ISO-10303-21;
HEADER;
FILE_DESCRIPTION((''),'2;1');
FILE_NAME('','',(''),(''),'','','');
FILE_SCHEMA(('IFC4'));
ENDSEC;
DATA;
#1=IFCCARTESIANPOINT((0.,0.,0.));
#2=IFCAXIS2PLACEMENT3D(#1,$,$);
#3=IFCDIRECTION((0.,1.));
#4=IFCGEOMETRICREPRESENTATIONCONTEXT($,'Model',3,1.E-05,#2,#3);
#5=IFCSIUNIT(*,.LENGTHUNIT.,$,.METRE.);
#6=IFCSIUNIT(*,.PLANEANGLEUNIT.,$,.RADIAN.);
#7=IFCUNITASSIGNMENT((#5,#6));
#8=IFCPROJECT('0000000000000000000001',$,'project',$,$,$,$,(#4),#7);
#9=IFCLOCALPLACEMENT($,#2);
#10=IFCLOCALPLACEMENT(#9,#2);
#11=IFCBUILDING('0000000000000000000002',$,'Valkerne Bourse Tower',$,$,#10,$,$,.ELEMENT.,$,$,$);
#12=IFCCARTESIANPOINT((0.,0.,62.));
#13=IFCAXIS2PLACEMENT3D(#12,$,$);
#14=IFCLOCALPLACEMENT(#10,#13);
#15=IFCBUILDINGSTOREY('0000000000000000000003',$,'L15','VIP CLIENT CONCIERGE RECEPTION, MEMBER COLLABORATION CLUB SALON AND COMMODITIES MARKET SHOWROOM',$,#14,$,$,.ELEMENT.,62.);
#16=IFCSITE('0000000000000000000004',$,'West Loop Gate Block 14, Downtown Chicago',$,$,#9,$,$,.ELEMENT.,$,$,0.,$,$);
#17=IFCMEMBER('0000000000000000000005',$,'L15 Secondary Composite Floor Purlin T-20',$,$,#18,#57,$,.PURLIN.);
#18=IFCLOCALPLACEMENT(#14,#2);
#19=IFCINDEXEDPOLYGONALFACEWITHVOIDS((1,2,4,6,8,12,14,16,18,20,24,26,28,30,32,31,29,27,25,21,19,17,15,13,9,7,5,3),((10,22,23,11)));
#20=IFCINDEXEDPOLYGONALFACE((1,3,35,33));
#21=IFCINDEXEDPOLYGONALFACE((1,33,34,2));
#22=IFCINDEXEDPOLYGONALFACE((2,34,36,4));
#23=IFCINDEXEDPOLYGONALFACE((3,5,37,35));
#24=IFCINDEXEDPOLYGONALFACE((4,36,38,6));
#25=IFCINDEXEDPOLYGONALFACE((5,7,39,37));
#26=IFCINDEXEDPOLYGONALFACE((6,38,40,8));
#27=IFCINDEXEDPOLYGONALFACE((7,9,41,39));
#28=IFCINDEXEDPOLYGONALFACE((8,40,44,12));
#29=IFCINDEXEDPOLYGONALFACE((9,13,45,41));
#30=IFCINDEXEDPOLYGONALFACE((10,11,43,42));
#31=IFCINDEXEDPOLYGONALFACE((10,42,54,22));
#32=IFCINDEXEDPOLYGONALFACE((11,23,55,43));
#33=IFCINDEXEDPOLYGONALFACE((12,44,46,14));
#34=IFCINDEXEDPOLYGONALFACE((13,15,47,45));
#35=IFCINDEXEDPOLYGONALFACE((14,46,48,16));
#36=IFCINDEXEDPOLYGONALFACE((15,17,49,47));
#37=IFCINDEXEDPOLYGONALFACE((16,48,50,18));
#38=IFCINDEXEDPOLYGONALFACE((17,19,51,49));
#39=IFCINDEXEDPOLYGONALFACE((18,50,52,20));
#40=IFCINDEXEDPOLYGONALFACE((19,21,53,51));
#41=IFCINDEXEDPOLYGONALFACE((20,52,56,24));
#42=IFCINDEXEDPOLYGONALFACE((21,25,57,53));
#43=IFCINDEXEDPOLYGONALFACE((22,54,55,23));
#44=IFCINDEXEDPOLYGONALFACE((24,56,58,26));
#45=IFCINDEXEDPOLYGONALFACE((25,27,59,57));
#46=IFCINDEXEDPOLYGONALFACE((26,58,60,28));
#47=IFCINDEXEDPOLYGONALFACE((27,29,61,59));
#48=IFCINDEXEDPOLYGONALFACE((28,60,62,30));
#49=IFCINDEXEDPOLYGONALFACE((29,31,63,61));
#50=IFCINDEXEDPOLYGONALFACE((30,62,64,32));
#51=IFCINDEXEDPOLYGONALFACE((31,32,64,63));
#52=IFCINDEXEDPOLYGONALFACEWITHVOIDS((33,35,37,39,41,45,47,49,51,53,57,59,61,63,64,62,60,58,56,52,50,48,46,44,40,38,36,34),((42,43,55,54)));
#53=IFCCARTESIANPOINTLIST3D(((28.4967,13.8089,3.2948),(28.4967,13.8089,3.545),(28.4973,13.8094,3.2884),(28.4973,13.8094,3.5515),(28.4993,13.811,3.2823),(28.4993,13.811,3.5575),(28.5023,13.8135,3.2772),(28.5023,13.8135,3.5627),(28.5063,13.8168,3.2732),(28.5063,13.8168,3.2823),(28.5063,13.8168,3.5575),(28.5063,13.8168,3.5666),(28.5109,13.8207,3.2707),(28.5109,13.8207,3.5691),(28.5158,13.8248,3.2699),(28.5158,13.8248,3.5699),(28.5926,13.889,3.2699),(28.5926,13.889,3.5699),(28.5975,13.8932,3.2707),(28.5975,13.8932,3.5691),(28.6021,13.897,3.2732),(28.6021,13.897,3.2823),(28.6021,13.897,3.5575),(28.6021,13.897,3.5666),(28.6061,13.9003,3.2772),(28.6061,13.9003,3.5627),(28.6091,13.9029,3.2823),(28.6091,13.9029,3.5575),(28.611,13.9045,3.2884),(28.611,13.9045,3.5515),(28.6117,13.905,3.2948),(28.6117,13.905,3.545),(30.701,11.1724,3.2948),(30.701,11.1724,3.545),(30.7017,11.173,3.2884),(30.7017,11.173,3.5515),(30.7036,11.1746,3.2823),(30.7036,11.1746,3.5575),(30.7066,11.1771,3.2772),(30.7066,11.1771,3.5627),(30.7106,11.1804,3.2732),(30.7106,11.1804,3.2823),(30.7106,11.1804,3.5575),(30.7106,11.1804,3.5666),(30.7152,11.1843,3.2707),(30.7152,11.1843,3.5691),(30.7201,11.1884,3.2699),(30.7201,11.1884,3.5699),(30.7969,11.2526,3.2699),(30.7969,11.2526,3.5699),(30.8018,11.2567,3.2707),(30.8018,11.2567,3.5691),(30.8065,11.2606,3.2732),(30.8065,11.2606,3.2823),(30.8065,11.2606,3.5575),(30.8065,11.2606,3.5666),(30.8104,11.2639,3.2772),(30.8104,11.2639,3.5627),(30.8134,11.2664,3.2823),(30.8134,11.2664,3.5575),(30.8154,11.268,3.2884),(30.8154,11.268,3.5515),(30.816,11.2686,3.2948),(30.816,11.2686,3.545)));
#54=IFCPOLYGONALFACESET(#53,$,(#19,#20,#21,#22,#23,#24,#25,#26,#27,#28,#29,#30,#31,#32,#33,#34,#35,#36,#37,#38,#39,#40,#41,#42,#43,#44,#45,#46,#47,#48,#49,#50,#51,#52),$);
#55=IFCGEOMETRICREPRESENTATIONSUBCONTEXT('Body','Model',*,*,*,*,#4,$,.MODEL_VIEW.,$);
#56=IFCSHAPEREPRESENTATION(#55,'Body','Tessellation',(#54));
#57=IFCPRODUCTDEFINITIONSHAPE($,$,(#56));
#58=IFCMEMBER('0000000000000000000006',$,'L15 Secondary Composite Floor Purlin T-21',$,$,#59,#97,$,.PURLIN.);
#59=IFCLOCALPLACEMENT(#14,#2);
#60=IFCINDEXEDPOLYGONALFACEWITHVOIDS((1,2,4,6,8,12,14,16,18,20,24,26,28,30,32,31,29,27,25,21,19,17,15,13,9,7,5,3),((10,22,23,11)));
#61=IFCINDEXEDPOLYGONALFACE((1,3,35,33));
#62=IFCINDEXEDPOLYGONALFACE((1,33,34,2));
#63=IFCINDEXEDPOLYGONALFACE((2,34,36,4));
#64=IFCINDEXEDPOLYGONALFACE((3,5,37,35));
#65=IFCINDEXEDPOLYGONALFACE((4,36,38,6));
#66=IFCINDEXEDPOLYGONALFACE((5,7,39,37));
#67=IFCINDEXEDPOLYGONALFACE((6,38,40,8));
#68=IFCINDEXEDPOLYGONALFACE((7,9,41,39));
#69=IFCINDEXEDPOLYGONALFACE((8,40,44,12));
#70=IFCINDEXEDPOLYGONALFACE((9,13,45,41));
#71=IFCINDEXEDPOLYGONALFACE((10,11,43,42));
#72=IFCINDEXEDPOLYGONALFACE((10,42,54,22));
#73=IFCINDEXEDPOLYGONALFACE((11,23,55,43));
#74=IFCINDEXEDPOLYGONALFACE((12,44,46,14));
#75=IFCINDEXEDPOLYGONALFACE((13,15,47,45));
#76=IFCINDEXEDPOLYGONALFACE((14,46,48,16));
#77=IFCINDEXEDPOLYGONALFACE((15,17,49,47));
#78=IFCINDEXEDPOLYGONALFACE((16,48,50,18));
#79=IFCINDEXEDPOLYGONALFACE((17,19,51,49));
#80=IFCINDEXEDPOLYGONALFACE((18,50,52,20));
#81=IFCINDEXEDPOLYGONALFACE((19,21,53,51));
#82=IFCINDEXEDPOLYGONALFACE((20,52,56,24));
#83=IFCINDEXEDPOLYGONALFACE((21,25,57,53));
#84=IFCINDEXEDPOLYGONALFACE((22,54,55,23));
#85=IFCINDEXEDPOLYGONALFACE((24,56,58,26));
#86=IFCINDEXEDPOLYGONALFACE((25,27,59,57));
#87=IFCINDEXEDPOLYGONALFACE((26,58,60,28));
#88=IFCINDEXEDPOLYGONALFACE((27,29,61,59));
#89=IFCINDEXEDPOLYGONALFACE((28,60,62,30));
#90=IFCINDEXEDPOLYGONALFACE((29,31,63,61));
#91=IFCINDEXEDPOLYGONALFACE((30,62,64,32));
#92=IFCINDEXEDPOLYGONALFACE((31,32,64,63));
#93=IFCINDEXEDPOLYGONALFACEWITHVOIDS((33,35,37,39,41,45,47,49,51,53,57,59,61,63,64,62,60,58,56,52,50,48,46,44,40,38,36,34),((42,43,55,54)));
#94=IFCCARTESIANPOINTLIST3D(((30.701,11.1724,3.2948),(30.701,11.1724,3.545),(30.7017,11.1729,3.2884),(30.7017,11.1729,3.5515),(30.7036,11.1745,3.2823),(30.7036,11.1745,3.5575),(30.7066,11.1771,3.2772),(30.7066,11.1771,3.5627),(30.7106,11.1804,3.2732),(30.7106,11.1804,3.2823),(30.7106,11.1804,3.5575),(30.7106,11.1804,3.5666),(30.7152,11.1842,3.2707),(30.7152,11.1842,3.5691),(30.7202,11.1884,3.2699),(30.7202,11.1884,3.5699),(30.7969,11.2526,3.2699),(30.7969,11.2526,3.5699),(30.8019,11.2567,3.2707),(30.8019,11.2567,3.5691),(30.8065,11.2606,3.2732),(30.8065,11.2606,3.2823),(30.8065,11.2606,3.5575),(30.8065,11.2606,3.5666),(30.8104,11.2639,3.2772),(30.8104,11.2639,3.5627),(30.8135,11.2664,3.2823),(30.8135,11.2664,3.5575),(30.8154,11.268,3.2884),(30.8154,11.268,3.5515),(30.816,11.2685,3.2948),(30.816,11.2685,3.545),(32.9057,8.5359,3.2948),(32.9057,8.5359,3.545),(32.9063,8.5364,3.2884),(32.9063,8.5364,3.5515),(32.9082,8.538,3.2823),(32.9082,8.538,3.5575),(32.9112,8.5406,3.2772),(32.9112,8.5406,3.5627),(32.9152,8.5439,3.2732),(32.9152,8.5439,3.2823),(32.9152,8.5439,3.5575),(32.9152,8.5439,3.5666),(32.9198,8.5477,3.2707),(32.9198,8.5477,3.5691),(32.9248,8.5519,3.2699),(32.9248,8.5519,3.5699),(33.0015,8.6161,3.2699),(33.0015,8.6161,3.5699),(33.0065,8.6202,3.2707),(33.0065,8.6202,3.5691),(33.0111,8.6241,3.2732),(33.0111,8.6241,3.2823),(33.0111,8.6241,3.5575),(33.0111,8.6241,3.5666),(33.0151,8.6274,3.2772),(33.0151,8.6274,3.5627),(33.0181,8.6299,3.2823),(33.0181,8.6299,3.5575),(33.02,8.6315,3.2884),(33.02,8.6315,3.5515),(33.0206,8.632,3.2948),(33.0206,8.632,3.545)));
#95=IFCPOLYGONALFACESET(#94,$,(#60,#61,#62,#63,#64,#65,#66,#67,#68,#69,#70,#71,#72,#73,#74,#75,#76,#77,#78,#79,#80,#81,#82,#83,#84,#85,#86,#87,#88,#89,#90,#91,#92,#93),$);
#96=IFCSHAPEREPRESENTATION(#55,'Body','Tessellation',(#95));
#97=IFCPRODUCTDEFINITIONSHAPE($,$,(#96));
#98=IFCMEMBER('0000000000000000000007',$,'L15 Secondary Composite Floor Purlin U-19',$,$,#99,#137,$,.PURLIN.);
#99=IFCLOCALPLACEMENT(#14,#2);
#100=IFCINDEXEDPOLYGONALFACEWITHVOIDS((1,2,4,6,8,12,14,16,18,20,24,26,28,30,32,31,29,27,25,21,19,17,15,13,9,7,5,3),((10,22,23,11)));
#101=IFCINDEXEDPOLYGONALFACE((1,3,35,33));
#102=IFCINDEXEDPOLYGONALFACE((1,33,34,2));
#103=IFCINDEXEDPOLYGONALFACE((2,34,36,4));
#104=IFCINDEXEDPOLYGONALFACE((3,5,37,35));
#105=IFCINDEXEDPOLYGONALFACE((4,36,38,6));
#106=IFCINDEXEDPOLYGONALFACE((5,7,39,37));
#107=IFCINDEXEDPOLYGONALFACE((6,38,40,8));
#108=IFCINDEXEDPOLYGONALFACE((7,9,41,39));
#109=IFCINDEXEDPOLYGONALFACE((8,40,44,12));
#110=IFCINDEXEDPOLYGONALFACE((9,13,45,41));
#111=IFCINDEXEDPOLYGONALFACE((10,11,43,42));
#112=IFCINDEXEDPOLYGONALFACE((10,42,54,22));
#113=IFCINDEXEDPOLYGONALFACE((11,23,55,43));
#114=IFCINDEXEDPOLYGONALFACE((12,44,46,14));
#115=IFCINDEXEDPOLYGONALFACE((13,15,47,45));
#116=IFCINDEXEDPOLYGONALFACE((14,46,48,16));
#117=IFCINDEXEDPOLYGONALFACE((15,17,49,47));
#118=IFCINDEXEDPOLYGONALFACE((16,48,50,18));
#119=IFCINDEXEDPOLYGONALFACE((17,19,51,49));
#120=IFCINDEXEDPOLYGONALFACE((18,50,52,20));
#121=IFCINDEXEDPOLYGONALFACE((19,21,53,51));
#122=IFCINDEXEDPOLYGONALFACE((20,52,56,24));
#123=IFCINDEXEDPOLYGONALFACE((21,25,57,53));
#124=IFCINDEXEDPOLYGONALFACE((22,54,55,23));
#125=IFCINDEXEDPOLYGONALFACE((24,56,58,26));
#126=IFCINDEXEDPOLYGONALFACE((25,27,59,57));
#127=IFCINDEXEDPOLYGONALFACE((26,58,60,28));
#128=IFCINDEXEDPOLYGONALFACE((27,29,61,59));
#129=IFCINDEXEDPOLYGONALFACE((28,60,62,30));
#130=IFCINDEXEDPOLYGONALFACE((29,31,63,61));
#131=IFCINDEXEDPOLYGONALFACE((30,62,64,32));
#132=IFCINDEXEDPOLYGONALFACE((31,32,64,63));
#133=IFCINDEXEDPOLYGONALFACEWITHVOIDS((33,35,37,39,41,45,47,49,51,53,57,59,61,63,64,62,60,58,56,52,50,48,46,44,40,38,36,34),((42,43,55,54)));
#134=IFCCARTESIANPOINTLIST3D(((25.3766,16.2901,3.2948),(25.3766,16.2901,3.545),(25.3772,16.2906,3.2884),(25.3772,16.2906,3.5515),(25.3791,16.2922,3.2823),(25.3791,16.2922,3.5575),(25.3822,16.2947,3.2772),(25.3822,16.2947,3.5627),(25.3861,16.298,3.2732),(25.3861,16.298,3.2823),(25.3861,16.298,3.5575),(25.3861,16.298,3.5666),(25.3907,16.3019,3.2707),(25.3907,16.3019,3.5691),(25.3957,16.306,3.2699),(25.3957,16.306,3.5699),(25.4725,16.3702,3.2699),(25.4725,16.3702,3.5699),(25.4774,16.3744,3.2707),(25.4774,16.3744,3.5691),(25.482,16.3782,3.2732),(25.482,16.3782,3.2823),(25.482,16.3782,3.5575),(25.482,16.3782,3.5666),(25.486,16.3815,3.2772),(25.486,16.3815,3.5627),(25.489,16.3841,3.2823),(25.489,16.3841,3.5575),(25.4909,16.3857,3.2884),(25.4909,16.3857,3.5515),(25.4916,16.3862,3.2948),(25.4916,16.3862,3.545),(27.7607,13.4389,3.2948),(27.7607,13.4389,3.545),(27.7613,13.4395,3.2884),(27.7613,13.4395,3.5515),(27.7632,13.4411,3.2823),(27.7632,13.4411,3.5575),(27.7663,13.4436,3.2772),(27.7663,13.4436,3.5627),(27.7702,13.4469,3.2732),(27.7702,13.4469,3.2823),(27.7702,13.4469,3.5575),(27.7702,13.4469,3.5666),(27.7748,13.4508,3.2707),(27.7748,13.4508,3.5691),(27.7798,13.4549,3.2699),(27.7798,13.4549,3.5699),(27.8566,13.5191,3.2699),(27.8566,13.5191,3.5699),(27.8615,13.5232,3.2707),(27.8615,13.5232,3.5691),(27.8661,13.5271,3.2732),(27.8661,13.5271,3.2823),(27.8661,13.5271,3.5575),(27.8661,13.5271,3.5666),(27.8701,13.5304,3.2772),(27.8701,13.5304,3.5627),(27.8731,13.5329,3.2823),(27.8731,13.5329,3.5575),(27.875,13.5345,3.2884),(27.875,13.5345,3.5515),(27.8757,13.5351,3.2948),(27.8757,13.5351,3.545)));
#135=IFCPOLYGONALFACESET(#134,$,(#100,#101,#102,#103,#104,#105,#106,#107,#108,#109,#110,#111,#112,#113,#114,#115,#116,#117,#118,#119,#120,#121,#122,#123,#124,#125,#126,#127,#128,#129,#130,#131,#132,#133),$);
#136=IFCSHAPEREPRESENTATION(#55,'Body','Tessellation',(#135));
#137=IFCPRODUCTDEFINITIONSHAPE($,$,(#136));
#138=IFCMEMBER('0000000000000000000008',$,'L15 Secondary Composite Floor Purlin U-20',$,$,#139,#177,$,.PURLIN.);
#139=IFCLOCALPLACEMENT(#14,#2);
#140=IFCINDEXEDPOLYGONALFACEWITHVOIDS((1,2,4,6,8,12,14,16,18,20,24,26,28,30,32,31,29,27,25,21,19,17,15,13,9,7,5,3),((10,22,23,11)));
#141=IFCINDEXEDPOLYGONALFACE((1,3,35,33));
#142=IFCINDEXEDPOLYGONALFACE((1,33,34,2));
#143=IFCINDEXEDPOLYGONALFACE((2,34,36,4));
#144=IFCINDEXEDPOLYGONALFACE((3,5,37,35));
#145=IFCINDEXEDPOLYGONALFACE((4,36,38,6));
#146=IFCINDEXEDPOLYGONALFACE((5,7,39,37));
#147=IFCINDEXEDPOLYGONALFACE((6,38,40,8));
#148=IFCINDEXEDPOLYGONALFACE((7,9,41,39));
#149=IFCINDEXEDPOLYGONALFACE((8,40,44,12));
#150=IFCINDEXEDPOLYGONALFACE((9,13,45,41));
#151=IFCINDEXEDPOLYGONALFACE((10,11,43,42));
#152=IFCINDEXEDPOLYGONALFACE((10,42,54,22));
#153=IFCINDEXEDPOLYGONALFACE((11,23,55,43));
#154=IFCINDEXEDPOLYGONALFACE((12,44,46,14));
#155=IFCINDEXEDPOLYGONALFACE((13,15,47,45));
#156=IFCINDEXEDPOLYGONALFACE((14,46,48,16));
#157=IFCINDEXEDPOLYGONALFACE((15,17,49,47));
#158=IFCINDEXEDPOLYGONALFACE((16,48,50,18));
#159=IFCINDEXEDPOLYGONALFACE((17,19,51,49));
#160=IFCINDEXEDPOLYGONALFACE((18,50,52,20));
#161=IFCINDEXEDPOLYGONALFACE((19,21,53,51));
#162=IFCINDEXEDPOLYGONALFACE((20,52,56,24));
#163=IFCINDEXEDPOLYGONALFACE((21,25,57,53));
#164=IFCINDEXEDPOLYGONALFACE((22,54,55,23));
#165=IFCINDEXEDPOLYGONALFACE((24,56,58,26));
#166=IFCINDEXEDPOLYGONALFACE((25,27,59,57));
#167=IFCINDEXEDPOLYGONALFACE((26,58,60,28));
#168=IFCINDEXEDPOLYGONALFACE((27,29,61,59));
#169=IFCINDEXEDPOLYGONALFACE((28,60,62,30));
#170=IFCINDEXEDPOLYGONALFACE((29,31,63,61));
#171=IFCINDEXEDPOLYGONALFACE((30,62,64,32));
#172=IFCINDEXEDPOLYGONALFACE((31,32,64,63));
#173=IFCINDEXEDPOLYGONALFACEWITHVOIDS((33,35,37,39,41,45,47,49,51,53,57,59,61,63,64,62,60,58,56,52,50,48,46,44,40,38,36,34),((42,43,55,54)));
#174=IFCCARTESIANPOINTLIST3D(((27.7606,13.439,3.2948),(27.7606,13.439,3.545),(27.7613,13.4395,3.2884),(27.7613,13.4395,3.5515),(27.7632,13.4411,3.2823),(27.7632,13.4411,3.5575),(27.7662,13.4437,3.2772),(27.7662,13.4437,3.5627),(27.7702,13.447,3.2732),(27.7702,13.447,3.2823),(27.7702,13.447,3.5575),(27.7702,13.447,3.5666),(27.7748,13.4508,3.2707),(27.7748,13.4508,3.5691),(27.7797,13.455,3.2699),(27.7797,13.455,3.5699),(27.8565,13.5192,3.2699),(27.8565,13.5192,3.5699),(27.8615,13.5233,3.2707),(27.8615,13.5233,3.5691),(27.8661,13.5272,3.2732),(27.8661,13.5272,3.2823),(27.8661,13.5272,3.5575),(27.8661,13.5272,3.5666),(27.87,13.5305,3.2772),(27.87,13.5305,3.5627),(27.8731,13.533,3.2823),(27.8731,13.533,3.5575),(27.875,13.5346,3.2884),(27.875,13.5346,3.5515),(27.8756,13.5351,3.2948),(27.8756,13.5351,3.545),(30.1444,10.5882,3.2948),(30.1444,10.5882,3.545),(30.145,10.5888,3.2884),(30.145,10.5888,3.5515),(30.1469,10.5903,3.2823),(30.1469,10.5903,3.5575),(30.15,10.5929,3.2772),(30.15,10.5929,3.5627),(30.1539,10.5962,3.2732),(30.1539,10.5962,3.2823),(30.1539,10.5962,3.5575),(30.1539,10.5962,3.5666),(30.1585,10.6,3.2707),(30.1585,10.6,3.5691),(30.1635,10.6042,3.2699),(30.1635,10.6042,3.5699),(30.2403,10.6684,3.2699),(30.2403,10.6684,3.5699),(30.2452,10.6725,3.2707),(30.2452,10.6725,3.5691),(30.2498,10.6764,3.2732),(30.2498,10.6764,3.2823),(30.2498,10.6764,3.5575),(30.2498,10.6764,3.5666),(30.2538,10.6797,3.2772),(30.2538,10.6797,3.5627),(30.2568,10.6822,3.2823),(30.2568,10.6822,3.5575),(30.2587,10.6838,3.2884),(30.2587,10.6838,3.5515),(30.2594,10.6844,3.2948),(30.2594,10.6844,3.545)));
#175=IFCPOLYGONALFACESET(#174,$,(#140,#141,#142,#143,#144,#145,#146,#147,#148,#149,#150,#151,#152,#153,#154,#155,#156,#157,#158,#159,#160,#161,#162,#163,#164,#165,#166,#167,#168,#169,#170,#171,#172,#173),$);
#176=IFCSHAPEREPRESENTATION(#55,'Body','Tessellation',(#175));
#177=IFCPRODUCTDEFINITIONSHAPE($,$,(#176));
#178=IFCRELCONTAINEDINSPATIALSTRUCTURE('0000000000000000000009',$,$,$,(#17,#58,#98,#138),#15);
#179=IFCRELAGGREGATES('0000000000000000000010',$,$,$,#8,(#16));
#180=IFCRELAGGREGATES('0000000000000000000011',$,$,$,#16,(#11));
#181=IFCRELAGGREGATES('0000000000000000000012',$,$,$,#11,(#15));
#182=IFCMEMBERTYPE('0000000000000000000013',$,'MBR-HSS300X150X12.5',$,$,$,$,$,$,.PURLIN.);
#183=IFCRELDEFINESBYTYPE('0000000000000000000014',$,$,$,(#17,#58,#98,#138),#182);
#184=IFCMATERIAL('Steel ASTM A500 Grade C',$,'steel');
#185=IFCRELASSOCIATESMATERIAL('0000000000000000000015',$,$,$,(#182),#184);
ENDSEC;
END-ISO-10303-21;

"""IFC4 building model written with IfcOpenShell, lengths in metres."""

from ifc_helpers import new_model, si_unit, direction, frame, origin, origin_2d, place, context, subcontext, project, spatial, hollow_rectangle, extrude, material, material_profile, profile_set, type_object, element, save


model = new_model("IFC4")

# Units and contexts
model_context = context("Model", 3, precision=1e-05, world=origin(), true_north=direction((0.0, 1.0)))
body_context = subcontext(model_context, "Body", "Model", "MODEL_VIEW")
ifc_project = project(units=[si_unit("LENGTHUNIT", "METRE"), si_unit("PLANEANGLEUNIT", "RADIAN")], contexts=[model_context])

# Site, building, storey
site_placement = place(None, origin())
site = spatial("IfcSite", under=ifc_project, at=site_placement, Name="West Loop Gate Block 14, Downtown Chicago", CompositionType="ELEMENT", RefElevation=0.0)
building_placement = place(site_placement, origin())
building = spatial("IfcBuilding", under=site, at=building_placement, Name="Valkerne Bourse Tower", CompositionType="ELEMENT")
storey_placement = place(building_placement, frame((0.0, 0.0, 62.0)))
storey = spatial("IfcBuildingStorey", under=building, at=storey_placement, Name="L15", Description="VIP CLIENT CONCIERGE RECEPTION, MEMBER COLLABORATION CLUB SALON AND COMMODITIES MARKET SHOWROOM", CompositionType="ELEMENT", Elevation=62.0)

# Members
ifc_material_1 = material(Name="Steel ASTM A500 Grade C", Category="steel")
ifc_material_profile_1 = material_profile(ifc_material_1, hollow_rectangle(XDim=0.1499, YDim=0.3, WallThickness=0.0125, OuterFilletRadius=0.0249, at=origin_2d()), Name="HSS300X150X12.5")
ifc_profile_set_1 = profile_set([ifc_material_profile_1], Name="Steel ASTM A500 Grade C")
member_type_1 = type_object("IfcMemberType", Name="MBR-HSS300X150X12.5", PredefinedType="PURLIN", material=ifc_profile_set_1)
for number, where, z_axis, x_axis, name in (
    (1, (28.5542, 13.8569, 3.4199), (0.641434, -0.767178, 0.0), (0.767178, 0.641434, 0.0), "L15 Secondary Composite Floor Purlin T-20"),
):
    element("IfcMember", number, at=place(storey_placement, frame(where, z_axis=z_axis, x_axis=x_axis)), inside=storey, type_object=member_type_1, Name=name, PredefinedType="PURLIN", context=body_context, shape_type="SweptSolid", body=[
        extrude(hollow_rectangle(XDim=0.1499, YDim=0.3, WallThickness=0.0125, OuterFilletRadius=0.0249, at=origin_2d()), origin(), (0.0, 0.0, 1.0), 3.4365),
    ])
member_1_placement = place(storey_placement, frame((30.7585, 11.2205, 3.4199), z_axis=(0.641476, -0.767143, 0.0), x_axis=(0.767143, 0.641476, 0.0)))
element("IfcMember", 2, at=member_1_placement, inside=storey, type_object=member_type_1, Name="L15 Secondary Composite Floor Purlin T-21", PredefinedType="PURLIN", context=body_context, shape_type="SweptSolid", body=[
    extrude(hollow_rectangle(XDim=0.1499, YDim=0.3, WallThickness=0.0125, OuterFilletRadius=0.0249, at=origin_2d()), origin(), (0.0, 0.0, 1.0), 3.4368),
])
member_2_placement = place(storey_placement, frame((25.4341, 16.3381, 3.4199), z_axis=(0.641476, -0.767143, 0.0), x_axis=(0.767143, 0.641476, 0.0)))
element("IfcMember", 3, at=member_2_placement, inside=storey, type_object=member_type_1, Name="L15 Secondary Composite Floor Purlin U-19", PredefinedType="PURLIN", context=body_context, shape_type="SweptSolid", body=[
    extrude(hollow_rectangle(XDim=0.1499, YDim=0.3, WallThickness=0.0125, OuterFilletRadius=0.0249, at=origin_2d()), origin(), (0.0, 0.0, 1.0), 3.7166),
])
member_3_placement = place(storey_placement, frame((27.8181, 13.4871, 3.4199), z_axis=(0.641469, -0.767149, 0.0), x_axis=(0.767149, 0.641469, 0.0)))
element("IfcMember", 4, at=member_3_placement, inside=storey, type_object=member_type_1, Name="L15 Secondary Composite Floor Purlin U-20", PredefinedType="PURLIN", context=body_context, shape_type="SweptSolid", body=[
    extrude(hollow_rectangle(XDim=0.1499, YDim=0.3, WallThickness=0.0125, OuterFilletRadius=0.0249, at=origin_2d()), origin(), (0.0, 0.0, 1.0), 3.7161),
])

save(model, "model.ifc")
